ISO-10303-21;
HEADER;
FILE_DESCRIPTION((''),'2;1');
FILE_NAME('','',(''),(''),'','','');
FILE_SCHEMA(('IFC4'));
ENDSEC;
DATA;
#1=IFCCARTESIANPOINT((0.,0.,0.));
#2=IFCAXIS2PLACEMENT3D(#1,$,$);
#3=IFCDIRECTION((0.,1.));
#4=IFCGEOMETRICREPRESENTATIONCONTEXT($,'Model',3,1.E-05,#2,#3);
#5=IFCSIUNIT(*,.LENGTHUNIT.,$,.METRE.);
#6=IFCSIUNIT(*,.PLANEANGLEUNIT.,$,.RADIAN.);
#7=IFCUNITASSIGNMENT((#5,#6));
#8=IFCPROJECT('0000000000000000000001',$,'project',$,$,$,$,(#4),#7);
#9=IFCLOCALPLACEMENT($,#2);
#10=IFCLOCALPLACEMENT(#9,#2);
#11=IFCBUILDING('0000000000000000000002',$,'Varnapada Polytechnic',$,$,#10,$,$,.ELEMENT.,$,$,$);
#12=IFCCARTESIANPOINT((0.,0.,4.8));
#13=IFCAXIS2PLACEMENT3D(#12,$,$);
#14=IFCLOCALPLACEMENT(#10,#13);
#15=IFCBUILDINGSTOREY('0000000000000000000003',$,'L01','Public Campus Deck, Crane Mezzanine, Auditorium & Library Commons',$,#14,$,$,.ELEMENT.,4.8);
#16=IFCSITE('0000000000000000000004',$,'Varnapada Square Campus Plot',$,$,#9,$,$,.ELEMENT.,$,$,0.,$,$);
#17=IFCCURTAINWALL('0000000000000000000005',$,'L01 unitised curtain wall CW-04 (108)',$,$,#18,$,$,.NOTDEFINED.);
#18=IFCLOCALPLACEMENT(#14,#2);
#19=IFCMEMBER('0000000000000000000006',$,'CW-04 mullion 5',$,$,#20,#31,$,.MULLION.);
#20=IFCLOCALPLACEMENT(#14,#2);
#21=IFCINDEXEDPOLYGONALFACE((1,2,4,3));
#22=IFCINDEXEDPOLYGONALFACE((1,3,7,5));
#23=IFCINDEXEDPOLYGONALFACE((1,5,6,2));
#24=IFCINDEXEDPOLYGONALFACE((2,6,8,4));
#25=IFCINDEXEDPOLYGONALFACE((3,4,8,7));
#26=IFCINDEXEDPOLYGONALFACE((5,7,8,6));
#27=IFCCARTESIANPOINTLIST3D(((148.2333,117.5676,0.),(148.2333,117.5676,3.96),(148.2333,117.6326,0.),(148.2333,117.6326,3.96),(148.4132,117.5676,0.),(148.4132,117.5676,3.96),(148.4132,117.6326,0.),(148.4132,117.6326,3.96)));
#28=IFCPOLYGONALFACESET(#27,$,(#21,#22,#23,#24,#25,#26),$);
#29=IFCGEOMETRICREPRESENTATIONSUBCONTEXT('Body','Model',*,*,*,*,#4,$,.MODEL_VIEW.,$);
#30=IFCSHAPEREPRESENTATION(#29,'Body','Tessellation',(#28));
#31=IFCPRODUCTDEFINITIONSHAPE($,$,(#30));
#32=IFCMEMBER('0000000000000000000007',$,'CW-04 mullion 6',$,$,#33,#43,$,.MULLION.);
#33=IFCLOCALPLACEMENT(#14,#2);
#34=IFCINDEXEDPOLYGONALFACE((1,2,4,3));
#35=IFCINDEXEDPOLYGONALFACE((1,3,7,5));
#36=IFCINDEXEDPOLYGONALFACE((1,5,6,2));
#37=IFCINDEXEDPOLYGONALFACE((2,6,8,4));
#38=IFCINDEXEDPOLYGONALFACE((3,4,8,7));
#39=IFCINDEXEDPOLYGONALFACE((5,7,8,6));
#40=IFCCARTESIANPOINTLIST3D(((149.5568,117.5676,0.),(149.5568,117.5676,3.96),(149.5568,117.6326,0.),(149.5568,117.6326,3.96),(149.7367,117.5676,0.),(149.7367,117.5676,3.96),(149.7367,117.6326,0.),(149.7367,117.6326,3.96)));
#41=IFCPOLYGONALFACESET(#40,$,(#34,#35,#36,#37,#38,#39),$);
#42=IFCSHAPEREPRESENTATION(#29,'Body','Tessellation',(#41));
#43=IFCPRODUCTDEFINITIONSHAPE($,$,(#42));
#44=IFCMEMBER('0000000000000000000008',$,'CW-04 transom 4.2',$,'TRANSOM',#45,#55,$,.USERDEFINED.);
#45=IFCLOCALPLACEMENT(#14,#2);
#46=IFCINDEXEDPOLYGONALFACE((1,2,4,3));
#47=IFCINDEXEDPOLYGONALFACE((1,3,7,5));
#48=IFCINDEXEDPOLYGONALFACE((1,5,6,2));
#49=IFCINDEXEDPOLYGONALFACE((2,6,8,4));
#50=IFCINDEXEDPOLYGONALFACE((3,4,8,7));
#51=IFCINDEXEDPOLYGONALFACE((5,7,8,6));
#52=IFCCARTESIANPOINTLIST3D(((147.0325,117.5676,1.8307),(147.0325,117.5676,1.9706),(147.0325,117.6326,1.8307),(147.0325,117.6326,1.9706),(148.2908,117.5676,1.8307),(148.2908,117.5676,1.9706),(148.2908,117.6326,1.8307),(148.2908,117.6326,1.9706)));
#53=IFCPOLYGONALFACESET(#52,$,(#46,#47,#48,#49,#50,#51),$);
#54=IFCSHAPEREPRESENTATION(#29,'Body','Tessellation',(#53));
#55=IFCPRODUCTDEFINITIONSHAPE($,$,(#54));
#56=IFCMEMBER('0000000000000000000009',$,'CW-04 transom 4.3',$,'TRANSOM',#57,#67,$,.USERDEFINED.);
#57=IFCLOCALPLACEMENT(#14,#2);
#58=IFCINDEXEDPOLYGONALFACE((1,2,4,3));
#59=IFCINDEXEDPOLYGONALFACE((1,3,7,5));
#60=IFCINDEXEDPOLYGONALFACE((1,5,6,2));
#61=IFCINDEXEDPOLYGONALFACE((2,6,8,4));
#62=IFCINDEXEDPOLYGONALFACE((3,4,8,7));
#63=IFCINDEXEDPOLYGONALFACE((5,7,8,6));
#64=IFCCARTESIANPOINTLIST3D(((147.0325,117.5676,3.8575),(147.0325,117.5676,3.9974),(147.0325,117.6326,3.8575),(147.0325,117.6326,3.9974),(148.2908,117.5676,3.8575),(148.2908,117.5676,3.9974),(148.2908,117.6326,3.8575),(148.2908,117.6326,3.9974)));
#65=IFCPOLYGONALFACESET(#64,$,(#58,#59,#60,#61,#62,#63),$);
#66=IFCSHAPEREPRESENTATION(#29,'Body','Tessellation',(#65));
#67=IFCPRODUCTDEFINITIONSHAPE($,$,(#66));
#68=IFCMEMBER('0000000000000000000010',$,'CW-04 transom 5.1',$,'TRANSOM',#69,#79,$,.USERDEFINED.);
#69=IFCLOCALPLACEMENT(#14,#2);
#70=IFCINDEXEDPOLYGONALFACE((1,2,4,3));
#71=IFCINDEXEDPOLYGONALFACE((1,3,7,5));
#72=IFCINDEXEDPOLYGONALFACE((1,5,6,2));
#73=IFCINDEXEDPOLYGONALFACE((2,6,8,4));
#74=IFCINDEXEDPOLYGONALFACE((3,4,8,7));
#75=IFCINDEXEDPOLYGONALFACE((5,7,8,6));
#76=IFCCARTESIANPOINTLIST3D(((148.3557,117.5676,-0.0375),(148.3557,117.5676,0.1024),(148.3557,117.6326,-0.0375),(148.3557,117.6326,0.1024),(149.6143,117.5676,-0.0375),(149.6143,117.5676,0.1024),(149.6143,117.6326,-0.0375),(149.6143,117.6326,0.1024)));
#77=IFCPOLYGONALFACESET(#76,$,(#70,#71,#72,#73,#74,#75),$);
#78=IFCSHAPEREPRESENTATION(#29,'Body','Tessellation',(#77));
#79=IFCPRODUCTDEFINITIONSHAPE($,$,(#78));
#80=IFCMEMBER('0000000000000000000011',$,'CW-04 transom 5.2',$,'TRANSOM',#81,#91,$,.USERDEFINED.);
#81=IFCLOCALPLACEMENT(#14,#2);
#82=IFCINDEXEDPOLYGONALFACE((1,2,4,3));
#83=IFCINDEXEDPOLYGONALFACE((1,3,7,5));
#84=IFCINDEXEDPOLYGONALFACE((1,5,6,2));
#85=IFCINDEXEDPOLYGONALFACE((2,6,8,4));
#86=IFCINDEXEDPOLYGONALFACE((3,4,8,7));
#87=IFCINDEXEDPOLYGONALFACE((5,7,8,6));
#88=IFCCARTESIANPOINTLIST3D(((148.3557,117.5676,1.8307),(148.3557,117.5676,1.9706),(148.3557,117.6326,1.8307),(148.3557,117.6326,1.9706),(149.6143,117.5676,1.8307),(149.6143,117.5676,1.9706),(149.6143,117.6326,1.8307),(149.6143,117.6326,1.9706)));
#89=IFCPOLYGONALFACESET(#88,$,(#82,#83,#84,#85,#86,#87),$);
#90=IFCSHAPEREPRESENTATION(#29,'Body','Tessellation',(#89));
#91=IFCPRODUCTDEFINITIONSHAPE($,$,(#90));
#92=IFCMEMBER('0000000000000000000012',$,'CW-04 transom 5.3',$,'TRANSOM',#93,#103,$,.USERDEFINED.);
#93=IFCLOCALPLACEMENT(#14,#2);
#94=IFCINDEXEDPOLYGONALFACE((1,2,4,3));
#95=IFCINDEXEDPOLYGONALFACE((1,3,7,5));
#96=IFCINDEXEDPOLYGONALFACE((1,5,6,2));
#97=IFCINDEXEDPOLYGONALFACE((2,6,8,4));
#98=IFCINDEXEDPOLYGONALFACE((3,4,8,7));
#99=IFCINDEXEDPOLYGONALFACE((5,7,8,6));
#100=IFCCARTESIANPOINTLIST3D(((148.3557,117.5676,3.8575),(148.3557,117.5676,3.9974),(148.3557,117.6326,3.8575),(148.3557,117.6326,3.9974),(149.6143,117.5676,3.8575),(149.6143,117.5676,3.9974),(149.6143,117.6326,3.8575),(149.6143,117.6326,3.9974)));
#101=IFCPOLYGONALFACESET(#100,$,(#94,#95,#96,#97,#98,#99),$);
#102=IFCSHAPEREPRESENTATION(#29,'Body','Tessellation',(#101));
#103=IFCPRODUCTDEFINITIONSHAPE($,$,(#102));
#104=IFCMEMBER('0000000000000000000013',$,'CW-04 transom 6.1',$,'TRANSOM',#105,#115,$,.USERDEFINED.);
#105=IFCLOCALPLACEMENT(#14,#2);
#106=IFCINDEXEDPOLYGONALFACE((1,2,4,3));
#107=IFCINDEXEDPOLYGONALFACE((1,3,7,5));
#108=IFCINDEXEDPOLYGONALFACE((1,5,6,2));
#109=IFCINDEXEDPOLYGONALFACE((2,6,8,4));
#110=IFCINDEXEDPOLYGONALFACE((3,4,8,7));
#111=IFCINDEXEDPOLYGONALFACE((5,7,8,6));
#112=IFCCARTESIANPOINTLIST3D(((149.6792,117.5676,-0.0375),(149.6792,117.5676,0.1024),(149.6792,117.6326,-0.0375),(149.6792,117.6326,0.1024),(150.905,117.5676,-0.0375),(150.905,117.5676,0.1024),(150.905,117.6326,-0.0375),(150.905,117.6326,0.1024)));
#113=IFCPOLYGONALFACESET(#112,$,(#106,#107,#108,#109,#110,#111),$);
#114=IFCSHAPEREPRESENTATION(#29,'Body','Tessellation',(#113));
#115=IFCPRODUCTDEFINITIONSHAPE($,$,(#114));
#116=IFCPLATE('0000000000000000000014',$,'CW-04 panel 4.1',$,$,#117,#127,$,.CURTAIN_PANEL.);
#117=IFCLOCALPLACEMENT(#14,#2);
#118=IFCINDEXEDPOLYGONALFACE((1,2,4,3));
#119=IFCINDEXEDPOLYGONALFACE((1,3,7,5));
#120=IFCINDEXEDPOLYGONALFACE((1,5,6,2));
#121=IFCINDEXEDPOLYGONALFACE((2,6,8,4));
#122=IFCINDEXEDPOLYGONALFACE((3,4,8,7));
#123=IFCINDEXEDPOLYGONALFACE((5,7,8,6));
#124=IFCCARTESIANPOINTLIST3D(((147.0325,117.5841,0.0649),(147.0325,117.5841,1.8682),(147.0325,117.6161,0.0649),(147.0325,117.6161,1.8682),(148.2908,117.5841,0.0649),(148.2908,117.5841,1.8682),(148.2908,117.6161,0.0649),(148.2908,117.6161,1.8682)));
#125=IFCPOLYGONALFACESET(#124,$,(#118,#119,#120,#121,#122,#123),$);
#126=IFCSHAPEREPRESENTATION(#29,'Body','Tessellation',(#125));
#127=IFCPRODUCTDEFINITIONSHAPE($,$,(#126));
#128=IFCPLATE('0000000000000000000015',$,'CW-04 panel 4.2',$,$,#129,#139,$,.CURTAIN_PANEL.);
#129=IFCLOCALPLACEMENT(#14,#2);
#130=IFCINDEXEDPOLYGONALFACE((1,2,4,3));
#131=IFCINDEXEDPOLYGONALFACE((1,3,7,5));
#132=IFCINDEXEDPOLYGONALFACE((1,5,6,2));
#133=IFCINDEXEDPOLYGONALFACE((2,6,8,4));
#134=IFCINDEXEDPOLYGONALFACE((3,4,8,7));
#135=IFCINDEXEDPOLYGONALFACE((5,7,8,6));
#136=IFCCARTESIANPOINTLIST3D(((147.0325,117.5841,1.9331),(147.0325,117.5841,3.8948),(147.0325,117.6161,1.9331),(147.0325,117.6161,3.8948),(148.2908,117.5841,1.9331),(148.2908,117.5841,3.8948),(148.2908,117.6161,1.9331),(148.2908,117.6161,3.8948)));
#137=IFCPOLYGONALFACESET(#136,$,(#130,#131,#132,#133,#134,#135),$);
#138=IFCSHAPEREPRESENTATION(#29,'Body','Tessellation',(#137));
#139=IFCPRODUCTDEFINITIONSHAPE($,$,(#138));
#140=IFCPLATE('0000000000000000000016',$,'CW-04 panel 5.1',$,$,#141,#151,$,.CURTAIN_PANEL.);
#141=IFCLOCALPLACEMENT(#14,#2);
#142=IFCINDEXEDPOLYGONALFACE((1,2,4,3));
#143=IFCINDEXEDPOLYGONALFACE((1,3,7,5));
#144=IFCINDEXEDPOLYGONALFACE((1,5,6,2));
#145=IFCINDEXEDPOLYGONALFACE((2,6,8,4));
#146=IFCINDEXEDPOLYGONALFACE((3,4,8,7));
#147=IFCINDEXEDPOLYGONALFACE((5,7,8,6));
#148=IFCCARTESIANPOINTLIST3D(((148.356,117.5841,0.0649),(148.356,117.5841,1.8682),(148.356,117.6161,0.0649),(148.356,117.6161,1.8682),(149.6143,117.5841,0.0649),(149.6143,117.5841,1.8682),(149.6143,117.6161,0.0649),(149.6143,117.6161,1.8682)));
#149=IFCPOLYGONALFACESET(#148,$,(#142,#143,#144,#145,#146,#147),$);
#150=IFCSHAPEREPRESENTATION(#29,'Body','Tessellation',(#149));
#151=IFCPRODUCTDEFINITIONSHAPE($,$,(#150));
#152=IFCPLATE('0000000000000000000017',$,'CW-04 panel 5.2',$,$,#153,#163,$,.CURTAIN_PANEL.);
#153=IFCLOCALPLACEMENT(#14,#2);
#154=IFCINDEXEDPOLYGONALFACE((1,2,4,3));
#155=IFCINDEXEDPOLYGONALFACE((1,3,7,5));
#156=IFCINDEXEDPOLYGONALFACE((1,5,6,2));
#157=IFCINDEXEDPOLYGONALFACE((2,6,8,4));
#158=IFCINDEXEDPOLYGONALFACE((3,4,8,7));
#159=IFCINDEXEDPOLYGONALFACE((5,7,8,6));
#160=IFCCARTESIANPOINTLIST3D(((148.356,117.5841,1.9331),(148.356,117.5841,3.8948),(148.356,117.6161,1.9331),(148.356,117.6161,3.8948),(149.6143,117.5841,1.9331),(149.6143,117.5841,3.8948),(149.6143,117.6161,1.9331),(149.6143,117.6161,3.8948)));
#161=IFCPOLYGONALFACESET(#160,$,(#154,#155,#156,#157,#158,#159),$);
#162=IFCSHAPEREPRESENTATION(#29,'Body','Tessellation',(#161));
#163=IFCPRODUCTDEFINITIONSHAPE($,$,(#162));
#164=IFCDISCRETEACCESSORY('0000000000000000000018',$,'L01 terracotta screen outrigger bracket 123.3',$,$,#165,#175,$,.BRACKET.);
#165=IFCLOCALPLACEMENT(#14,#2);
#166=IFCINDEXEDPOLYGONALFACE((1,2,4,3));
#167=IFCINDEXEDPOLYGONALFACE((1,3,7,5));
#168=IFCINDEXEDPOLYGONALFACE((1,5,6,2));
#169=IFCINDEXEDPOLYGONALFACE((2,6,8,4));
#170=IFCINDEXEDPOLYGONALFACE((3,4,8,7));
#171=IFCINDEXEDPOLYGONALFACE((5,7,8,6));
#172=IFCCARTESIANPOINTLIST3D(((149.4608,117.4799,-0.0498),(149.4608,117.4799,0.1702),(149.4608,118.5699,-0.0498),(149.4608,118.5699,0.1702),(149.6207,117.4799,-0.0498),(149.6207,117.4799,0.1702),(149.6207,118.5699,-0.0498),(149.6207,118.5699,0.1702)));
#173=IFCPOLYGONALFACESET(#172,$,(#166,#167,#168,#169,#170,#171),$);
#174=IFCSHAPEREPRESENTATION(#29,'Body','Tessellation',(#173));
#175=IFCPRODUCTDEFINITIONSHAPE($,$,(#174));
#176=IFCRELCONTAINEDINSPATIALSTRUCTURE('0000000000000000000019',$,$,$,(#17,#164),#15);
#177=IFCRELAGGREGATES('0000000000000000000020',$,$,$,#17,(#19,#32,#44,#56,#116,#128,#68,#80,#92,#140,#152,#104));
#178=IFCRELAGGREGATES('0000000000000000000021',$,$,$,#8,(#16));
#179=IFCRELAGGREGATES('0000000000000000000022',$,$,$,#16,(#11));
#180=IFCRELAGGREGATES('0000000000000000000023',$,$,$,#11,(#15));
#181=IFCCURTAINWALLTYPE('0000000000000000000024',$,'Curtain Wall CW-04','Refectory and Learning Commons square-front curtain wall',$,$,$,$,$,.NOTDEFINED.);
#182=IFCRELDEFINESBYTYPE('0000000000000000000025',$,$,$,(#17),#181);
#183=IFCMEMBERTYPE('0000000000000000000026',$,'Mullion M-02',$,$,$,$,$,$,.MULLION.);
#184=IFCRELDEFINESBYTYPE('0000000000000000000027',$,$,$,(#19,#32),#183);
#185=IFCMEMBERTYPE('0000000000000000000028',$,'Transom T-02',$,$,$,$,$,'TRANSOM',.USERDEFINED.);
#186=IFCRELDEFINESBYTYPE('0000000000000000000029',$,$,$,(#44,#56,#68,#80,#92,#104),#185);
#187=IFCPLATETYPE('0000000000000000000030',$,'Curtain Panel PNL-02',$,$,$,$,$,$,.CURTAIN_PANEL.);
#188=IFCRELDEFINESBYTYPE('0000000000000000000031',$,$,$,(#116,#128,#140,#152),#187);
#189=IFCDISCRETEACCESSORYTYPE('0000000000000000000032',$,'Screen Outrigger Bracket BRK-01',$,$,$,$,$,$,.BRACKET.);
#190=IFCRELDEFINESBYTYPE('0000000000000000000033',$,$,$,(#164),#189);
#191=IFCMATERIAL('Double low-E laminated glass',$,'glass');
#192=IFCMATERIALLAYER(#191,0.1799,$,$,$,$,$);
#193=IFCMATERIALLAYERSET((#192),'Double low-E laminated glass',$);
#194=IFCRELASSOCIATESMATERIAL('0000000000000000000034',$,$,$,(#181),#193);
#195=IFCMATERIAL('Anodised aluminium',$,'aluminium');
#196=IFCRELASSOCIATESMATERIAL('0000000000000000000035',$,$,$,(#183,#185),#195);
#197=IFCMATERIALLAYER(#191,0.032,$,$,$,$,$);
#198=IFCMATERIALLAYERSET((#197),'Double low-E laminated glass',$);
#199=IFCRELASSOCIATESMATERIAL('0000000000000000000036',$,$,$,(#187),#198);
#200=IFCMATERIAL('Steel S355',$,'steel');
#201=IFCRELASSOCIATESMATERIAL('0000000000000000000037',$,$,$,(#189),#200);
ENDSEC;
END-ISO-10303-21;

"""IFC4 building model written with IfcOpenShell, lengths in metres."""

from ifc_helpers import new_model, si_unit, direction, frame, origin, origin_2d, place, context, subcontext, project, spatial, rectangle, extrude, material, layer, layer_set, material_profile, profile_set, type_object, element, aggregate, save


model = new_model("IFC4")

# Units and contexts
model_context = context("Model", 3, precision=1e-05, world=origin(), true_north=direction((0.0, 1.0)))
body_context = subcontext(model_context, "Body", "Model", "MODEL_VIEW")
ifc_project = project(units=[si_unit("LENGTHUNIT", "METRE"), si_unit("PLANEANGLEUNIT", "RADIAN")], contexts=[model_context])

# Site, building, storey
site_placement = place(None, origin())
site = spatial("IfcSite", under=ifc_project, at=site_placement, Name="Varnapada Square Campus Plot", CompositionType="ELEMENT", RefElevation=0.0)
building_placement = place(site_placement, origin())
building = spatial("IfcBuilding", under=site, at=building_placement, Name="Varnapada Polytechnic", CompositionType="ELEMENT")
storey_placement = place(building_placement, frame((0.0, 0.0, 4.8)))
storey = spatial("IfcBuildingStorey", under=building, at=storey_placement, Name="L01", Description="Public Campus Deck, Crane Mezzanine, Auditorium & Library Commons", CompositionType="ELEMENT", Elevation=4.8)

# Curtain wall, members, plates
ifc_material_1 = material(Name="Double low-E laminated glass", Category="glass")
ifc_layer_1 = layer(ifc_material_1, 0.1799)
ifc_layer_set_1 = layer_set([ifc_layer_1], Name="Double low-E laminated glass")
curtain_wall_type = type_object("IfcCurtainWallType", Name="Curtain Wall CW-04", Description="Refectory and Learning Commons square-front curtain wall", PredefinedType="NOTDEFINED", material=ifc_layer_set_1)
curtain_wall_placement = place(storey_placement, origin())
curtain_wall = element("IfcCurtainWall", 1, at=curtain_wall_placement, inside=storey, type_object=curtain_wall_type, Name="L01 unitised curtain wall CW-04 (108)", PredefinedType="NOTDEFINED")
ifc_material_2 = material(Name="Anodised aluminium", Category="aluminium")
ifc_material_profile_1 = material_profile(ifc_material_2, rectangle(XDim=0.0649, YDim=0.1799, at=origin_2d()), Name="ALU M65x180")
ifc_profile_set_1 = profile_set([ifc_material_profile_1], Name="Anodised aluminium")
member_type_1 = type_object("IfcMemberType", Name="Mullion M-02", PredefinedType="MULLION", material=ifc_profile_set_1)
member_1_placement = place(storey_placement, frame((148.3232, 117.6001, 0.0), z_axis=(0.0, 0.0, 1.0), x_axis=(0.0, 1.0, 0.0)))
member_1 = element("IfcMember", 2, at=member_1_placement, type_object=member_type_1, Name="CW-04 mullion 5", PredefinedType="MULLION", context=body_context, shape_type="SweptSolid", body=[
    extrude(rectangle(XDim=0.0649, YDim=0.1799, at=origin_2d()), origin(), (0.0, 0.0, 1.0), 3.96),
])
member_2_placement = place(storey_placement, frame((149.6467, 117.6001, 0.0), z_axis=(0.0, 0.0, 1.0), x_axis=(0.0, 1.0, 0.0)))
member_2 = element("IfcMember", 3, at=member_2_placement, type_object=member_type_1, Name="CW-04 mullion 6", PredefinedType="MULLION", context=body_context, shape_type="SweptSolid", body=[
    extrude(rectangle(XDim=0.0649, YDim=0.1799, at=origin_2d()), origin(), (0.0, 0.0, 1.0), 3.96),
])
ifc_material_profile_2 = material_profile(ifc_material_2, rectangle(XDim=0.0649, YDim=0.1399, at=origin_2d()), Name="ALU T65x140")
ifc_profile_set_2 = profile_set([ifc_material_profile_2], Name="Anodised aluminium")
member_type_2 = type_object("IfcMemberType", Name="Transom T-02", ElementType="TRANSOM", PredefinedType="USERDEFINED", material=ifc_profile_set_2)
member_3_placement = place(storey_placement, frame((147.0325, 117.6001, 1.9006), z_axis=(1.0, 0.0, 0.0), x_axis=(0.0, 1.0, 0.0)))
member_3 = element("IfcMember", 4, at=member_3_placement, type_object=member_type_2, Name="CW-04 transom 4.2", ObjectType="TRANSOM", PredefinedType="USERDEFINED", context=body_context, shape_type="SweptSolid", body=[
    extrude(rectangle(XDim=0.0649, YDim=0.1399, at=origin_2d()), origin(), (0.0, 0.0, 1.0), 1.2583),
])
member_4_placement = place(storey_placement, frame((147.0325, 117.6001, 3.9275), z_axis=(1.0, 0.0, 0.0), x_axis=(0.0, 1.0, 0.0)))
member_4 = element("IfcMember", 5, at=member_4_placement, type_object=member_type_2, Name="CW-04 transom 4.3", ObjectType="TRANSOM", PredefinedType="USERDEFINED", context=body_context, shape_type="SweptSolid", body=[
    extrude(rectangle(XDim=0.0649, YDim=0.1399, at=origin_2d()), origin(), (0.0, 0.0, 1.0), 1.2583),
])
member_5_placement = place(storey_placement, frame((148.3557, 117.6001, 0.0325), z_axis=(1.0, 0.0, 0.0), x_axis=(0.0, 1.0, 0.0)))
member_5 = element("IfcMember", 6, at=member_5_placement, type_object=member_type_2, Name="CW-04 transom 5.1", ObjectType="TRANSOM", PredefinedType="USERDEFINED", context=body_context, shape_type="SweptSolid", body=[
    extrude(rectangle(XDim=0.0649, YDim=0.1399, at=origin_2d()), origin(), (0.0, 0.0, 1.0), 1.2585),
])
member_6_placement = place(storey_placement, frame((148.3557, 117.6001, 1.9006), z_axis=(1.0, 0.0, 0.0), x_axis=(0.0, 1.0, 0.0)))
member_6 = element("IfcMember", 7, at=member_6_placement, type_object=member_type_2, Name="CW-04 transom 5.2", ObjectType="TRANSOM", PredefinedType="USERDEFINED", context=body_context, shape_type="SweptSolid", body=[
    extrude(rectangle(XDim=0.0649, YDim=0.1399, at=origin_2d()), origin(), (0.0, 0.0, 1.0), 1.2585),
])
member_7_placement = place(storey_placement, frame((148.3557, 117.6001, 3.9275), z_axis=(1.0, 0.0, 0.0), x_axis=(0.0, 1.0, 0.0)))
member_7 = element("IfcMember", 8, at=member_7_placement, type_object=member_type_2, Name="CW-04 transom 5.3", ObjectType="TRANSOM", PredefinedType="USERDEFINED", context=body_context, shape_type="SweptSolid", body=[
    extrude(rectangle(XDim=0.0649, YDim=0.1399, at=origin_2d()), origin(), (0.0, 0.0, 1.0), 1.2585),
])
member_8_placement = place(storey_placement, frame((149.6792, 117.6001, 0.0325), z_axis=(1.0, 0.0, 0.0), x_axis=(0.0, 1.0, 0.0)))
member_8 = element("IfcMember", 9, at=member_8_placement, type_object=member_type_2, Name="CW-04 transom 6.1", ObjectType="TRANSOM", PredefinedType="USERDEFINED", context=body_context, shape_type="SweptSolid", body=[
    extrude(rectangle(XDim=0.0649, YDim=0.1399, at=origin_2d()), origin(), (0.0, 0.0, 1.0), 1.2258),
])
ifc_layer_2 = layer(ifc_material_1, 0.032)
ifc_layer_set_2 = layer_set([ifc_layer_2], Name="Double low-E laminated glass")
plate_type = type_object("IfcPlateType", Name="Curtain Panel PNL-02", PredefinedType="CURTAIN_PANEL", material=ifc_layer_set_2)
plate_1_placement = place(storey_placement, frame((147.6616, 117.6001, 0.0649), z_axis=(0.0, 0.0, 1.0), x_axis=(1.0, 0.0, 0.0)))
plate_1 = element("IfcPlate", 10, at=plate_1_placement, type_object=plate_type, Name="CW-04 panel 4.1", PredefinedType="CURTAIN_PANEL", context=body_context, shape_type="SweptSolid", body=[
    extrude(rectangle(XDim=1.2583, YDim=0.032, at=origin_2d()), origin(), (0.0, 0.0, 1.0), 1.8032),
])
plate_2_placement = place(storey_placement, frame((147.6616, 117.6001, 1.9331), z_axis=(0.0, 0.0, 1.0), x_axis=(1.0, 0.0, 0.0)))
plate_2 = element("IfcPlate", 11, at=plate_2_placement, type_object=plate_type, Name="CW-04 panel 4.2", PredefinedType="CURTAIN_PANEL", context=body_context, shape_type="SweptSolid", body=[
    extrude(rectangle(XDim=1.2583, YDim=0.032, at=origin_2d()), origin(), (0.0, 0.0, 1.0), 1.9617),
])
plate_3_placement = place(storey_placement, frame((148.9851, 117.6001, 0.0649), z_axis=(0.0, 0.0, 1.0), x_axis=(1.0, 0.0, 0.0)))
plate_3 = element("IfcPlate", 12, at=plate_3_placement, type_object=plate_type, Name="CW-04 panel 5.1", PredefinedType="CURTAIN_PANEL", context=body_context, shape_type="SweptSolid", body=[
    extrude(rectangle(XDim=1.2583, YDim=0.032, at=origin_2d()), origin(), (0.0, 0.0, 1.0), 1.8032),
])
plate_4_placement = place(storey_placement, frame((148.9851, 117.6001, 1.9331), z_axis=(0.0, 0.0, 1.0), x_axis=(1.0, 0.0, 0.0)))
plate_4 = element("IfcPlate", 13, at=plate_4_placement, type_object=plate_type, Name="CW-04 panel 5.2", PredefinedType="CURTAIN_PANEL", context=body_context, shape_type="SweptSolid", body=[
    extrude(rectangle(XDim=1.2583, YDim=0.032, at=origin_2d()), origin(), (0.0, 0.0, 1.0), 1.9617),
])
aggregate(curtain_wall, [member_1, member_2, member_3, member_4, plate_1, plate_2, member_5, member_6, member_7, plate_3, plate_4, member_8])

# Discrete accessory
ifc_material_3 = material(Name="Steel S355", Category="steel")
discrete_accessory_type = type_object("IfcDiscreteAccessoryType", Name="Screen Outrigger Bracket BRK-01", PredefinedType="BRACKET", material=ifc_material_3)
discrete_accessory_placement = place(storey_placement, frame((149.5408, 118.0249, -0.0498), z_axis=(0.0, 0.0, 1.0), x_axis=(1.0, 0.0, 0.0)))
element("IfcDiscreteAccessory", 14, at=discrete_accessory_placement, inside=storey, type_object=discrete_accessory_type, Name="L01 terracotta screen outrigger bracket 123.3", PredefinedType="BRACKET", context=body_context, shape_type="SweptSolid", body=[
    extrude(rectangle(XDim=0.1599, YDim=1.0901, at=origin_2d()), origin(), (0.0, 0.0, 1.0), 0.22),
])

save(model, "model.ifc")
